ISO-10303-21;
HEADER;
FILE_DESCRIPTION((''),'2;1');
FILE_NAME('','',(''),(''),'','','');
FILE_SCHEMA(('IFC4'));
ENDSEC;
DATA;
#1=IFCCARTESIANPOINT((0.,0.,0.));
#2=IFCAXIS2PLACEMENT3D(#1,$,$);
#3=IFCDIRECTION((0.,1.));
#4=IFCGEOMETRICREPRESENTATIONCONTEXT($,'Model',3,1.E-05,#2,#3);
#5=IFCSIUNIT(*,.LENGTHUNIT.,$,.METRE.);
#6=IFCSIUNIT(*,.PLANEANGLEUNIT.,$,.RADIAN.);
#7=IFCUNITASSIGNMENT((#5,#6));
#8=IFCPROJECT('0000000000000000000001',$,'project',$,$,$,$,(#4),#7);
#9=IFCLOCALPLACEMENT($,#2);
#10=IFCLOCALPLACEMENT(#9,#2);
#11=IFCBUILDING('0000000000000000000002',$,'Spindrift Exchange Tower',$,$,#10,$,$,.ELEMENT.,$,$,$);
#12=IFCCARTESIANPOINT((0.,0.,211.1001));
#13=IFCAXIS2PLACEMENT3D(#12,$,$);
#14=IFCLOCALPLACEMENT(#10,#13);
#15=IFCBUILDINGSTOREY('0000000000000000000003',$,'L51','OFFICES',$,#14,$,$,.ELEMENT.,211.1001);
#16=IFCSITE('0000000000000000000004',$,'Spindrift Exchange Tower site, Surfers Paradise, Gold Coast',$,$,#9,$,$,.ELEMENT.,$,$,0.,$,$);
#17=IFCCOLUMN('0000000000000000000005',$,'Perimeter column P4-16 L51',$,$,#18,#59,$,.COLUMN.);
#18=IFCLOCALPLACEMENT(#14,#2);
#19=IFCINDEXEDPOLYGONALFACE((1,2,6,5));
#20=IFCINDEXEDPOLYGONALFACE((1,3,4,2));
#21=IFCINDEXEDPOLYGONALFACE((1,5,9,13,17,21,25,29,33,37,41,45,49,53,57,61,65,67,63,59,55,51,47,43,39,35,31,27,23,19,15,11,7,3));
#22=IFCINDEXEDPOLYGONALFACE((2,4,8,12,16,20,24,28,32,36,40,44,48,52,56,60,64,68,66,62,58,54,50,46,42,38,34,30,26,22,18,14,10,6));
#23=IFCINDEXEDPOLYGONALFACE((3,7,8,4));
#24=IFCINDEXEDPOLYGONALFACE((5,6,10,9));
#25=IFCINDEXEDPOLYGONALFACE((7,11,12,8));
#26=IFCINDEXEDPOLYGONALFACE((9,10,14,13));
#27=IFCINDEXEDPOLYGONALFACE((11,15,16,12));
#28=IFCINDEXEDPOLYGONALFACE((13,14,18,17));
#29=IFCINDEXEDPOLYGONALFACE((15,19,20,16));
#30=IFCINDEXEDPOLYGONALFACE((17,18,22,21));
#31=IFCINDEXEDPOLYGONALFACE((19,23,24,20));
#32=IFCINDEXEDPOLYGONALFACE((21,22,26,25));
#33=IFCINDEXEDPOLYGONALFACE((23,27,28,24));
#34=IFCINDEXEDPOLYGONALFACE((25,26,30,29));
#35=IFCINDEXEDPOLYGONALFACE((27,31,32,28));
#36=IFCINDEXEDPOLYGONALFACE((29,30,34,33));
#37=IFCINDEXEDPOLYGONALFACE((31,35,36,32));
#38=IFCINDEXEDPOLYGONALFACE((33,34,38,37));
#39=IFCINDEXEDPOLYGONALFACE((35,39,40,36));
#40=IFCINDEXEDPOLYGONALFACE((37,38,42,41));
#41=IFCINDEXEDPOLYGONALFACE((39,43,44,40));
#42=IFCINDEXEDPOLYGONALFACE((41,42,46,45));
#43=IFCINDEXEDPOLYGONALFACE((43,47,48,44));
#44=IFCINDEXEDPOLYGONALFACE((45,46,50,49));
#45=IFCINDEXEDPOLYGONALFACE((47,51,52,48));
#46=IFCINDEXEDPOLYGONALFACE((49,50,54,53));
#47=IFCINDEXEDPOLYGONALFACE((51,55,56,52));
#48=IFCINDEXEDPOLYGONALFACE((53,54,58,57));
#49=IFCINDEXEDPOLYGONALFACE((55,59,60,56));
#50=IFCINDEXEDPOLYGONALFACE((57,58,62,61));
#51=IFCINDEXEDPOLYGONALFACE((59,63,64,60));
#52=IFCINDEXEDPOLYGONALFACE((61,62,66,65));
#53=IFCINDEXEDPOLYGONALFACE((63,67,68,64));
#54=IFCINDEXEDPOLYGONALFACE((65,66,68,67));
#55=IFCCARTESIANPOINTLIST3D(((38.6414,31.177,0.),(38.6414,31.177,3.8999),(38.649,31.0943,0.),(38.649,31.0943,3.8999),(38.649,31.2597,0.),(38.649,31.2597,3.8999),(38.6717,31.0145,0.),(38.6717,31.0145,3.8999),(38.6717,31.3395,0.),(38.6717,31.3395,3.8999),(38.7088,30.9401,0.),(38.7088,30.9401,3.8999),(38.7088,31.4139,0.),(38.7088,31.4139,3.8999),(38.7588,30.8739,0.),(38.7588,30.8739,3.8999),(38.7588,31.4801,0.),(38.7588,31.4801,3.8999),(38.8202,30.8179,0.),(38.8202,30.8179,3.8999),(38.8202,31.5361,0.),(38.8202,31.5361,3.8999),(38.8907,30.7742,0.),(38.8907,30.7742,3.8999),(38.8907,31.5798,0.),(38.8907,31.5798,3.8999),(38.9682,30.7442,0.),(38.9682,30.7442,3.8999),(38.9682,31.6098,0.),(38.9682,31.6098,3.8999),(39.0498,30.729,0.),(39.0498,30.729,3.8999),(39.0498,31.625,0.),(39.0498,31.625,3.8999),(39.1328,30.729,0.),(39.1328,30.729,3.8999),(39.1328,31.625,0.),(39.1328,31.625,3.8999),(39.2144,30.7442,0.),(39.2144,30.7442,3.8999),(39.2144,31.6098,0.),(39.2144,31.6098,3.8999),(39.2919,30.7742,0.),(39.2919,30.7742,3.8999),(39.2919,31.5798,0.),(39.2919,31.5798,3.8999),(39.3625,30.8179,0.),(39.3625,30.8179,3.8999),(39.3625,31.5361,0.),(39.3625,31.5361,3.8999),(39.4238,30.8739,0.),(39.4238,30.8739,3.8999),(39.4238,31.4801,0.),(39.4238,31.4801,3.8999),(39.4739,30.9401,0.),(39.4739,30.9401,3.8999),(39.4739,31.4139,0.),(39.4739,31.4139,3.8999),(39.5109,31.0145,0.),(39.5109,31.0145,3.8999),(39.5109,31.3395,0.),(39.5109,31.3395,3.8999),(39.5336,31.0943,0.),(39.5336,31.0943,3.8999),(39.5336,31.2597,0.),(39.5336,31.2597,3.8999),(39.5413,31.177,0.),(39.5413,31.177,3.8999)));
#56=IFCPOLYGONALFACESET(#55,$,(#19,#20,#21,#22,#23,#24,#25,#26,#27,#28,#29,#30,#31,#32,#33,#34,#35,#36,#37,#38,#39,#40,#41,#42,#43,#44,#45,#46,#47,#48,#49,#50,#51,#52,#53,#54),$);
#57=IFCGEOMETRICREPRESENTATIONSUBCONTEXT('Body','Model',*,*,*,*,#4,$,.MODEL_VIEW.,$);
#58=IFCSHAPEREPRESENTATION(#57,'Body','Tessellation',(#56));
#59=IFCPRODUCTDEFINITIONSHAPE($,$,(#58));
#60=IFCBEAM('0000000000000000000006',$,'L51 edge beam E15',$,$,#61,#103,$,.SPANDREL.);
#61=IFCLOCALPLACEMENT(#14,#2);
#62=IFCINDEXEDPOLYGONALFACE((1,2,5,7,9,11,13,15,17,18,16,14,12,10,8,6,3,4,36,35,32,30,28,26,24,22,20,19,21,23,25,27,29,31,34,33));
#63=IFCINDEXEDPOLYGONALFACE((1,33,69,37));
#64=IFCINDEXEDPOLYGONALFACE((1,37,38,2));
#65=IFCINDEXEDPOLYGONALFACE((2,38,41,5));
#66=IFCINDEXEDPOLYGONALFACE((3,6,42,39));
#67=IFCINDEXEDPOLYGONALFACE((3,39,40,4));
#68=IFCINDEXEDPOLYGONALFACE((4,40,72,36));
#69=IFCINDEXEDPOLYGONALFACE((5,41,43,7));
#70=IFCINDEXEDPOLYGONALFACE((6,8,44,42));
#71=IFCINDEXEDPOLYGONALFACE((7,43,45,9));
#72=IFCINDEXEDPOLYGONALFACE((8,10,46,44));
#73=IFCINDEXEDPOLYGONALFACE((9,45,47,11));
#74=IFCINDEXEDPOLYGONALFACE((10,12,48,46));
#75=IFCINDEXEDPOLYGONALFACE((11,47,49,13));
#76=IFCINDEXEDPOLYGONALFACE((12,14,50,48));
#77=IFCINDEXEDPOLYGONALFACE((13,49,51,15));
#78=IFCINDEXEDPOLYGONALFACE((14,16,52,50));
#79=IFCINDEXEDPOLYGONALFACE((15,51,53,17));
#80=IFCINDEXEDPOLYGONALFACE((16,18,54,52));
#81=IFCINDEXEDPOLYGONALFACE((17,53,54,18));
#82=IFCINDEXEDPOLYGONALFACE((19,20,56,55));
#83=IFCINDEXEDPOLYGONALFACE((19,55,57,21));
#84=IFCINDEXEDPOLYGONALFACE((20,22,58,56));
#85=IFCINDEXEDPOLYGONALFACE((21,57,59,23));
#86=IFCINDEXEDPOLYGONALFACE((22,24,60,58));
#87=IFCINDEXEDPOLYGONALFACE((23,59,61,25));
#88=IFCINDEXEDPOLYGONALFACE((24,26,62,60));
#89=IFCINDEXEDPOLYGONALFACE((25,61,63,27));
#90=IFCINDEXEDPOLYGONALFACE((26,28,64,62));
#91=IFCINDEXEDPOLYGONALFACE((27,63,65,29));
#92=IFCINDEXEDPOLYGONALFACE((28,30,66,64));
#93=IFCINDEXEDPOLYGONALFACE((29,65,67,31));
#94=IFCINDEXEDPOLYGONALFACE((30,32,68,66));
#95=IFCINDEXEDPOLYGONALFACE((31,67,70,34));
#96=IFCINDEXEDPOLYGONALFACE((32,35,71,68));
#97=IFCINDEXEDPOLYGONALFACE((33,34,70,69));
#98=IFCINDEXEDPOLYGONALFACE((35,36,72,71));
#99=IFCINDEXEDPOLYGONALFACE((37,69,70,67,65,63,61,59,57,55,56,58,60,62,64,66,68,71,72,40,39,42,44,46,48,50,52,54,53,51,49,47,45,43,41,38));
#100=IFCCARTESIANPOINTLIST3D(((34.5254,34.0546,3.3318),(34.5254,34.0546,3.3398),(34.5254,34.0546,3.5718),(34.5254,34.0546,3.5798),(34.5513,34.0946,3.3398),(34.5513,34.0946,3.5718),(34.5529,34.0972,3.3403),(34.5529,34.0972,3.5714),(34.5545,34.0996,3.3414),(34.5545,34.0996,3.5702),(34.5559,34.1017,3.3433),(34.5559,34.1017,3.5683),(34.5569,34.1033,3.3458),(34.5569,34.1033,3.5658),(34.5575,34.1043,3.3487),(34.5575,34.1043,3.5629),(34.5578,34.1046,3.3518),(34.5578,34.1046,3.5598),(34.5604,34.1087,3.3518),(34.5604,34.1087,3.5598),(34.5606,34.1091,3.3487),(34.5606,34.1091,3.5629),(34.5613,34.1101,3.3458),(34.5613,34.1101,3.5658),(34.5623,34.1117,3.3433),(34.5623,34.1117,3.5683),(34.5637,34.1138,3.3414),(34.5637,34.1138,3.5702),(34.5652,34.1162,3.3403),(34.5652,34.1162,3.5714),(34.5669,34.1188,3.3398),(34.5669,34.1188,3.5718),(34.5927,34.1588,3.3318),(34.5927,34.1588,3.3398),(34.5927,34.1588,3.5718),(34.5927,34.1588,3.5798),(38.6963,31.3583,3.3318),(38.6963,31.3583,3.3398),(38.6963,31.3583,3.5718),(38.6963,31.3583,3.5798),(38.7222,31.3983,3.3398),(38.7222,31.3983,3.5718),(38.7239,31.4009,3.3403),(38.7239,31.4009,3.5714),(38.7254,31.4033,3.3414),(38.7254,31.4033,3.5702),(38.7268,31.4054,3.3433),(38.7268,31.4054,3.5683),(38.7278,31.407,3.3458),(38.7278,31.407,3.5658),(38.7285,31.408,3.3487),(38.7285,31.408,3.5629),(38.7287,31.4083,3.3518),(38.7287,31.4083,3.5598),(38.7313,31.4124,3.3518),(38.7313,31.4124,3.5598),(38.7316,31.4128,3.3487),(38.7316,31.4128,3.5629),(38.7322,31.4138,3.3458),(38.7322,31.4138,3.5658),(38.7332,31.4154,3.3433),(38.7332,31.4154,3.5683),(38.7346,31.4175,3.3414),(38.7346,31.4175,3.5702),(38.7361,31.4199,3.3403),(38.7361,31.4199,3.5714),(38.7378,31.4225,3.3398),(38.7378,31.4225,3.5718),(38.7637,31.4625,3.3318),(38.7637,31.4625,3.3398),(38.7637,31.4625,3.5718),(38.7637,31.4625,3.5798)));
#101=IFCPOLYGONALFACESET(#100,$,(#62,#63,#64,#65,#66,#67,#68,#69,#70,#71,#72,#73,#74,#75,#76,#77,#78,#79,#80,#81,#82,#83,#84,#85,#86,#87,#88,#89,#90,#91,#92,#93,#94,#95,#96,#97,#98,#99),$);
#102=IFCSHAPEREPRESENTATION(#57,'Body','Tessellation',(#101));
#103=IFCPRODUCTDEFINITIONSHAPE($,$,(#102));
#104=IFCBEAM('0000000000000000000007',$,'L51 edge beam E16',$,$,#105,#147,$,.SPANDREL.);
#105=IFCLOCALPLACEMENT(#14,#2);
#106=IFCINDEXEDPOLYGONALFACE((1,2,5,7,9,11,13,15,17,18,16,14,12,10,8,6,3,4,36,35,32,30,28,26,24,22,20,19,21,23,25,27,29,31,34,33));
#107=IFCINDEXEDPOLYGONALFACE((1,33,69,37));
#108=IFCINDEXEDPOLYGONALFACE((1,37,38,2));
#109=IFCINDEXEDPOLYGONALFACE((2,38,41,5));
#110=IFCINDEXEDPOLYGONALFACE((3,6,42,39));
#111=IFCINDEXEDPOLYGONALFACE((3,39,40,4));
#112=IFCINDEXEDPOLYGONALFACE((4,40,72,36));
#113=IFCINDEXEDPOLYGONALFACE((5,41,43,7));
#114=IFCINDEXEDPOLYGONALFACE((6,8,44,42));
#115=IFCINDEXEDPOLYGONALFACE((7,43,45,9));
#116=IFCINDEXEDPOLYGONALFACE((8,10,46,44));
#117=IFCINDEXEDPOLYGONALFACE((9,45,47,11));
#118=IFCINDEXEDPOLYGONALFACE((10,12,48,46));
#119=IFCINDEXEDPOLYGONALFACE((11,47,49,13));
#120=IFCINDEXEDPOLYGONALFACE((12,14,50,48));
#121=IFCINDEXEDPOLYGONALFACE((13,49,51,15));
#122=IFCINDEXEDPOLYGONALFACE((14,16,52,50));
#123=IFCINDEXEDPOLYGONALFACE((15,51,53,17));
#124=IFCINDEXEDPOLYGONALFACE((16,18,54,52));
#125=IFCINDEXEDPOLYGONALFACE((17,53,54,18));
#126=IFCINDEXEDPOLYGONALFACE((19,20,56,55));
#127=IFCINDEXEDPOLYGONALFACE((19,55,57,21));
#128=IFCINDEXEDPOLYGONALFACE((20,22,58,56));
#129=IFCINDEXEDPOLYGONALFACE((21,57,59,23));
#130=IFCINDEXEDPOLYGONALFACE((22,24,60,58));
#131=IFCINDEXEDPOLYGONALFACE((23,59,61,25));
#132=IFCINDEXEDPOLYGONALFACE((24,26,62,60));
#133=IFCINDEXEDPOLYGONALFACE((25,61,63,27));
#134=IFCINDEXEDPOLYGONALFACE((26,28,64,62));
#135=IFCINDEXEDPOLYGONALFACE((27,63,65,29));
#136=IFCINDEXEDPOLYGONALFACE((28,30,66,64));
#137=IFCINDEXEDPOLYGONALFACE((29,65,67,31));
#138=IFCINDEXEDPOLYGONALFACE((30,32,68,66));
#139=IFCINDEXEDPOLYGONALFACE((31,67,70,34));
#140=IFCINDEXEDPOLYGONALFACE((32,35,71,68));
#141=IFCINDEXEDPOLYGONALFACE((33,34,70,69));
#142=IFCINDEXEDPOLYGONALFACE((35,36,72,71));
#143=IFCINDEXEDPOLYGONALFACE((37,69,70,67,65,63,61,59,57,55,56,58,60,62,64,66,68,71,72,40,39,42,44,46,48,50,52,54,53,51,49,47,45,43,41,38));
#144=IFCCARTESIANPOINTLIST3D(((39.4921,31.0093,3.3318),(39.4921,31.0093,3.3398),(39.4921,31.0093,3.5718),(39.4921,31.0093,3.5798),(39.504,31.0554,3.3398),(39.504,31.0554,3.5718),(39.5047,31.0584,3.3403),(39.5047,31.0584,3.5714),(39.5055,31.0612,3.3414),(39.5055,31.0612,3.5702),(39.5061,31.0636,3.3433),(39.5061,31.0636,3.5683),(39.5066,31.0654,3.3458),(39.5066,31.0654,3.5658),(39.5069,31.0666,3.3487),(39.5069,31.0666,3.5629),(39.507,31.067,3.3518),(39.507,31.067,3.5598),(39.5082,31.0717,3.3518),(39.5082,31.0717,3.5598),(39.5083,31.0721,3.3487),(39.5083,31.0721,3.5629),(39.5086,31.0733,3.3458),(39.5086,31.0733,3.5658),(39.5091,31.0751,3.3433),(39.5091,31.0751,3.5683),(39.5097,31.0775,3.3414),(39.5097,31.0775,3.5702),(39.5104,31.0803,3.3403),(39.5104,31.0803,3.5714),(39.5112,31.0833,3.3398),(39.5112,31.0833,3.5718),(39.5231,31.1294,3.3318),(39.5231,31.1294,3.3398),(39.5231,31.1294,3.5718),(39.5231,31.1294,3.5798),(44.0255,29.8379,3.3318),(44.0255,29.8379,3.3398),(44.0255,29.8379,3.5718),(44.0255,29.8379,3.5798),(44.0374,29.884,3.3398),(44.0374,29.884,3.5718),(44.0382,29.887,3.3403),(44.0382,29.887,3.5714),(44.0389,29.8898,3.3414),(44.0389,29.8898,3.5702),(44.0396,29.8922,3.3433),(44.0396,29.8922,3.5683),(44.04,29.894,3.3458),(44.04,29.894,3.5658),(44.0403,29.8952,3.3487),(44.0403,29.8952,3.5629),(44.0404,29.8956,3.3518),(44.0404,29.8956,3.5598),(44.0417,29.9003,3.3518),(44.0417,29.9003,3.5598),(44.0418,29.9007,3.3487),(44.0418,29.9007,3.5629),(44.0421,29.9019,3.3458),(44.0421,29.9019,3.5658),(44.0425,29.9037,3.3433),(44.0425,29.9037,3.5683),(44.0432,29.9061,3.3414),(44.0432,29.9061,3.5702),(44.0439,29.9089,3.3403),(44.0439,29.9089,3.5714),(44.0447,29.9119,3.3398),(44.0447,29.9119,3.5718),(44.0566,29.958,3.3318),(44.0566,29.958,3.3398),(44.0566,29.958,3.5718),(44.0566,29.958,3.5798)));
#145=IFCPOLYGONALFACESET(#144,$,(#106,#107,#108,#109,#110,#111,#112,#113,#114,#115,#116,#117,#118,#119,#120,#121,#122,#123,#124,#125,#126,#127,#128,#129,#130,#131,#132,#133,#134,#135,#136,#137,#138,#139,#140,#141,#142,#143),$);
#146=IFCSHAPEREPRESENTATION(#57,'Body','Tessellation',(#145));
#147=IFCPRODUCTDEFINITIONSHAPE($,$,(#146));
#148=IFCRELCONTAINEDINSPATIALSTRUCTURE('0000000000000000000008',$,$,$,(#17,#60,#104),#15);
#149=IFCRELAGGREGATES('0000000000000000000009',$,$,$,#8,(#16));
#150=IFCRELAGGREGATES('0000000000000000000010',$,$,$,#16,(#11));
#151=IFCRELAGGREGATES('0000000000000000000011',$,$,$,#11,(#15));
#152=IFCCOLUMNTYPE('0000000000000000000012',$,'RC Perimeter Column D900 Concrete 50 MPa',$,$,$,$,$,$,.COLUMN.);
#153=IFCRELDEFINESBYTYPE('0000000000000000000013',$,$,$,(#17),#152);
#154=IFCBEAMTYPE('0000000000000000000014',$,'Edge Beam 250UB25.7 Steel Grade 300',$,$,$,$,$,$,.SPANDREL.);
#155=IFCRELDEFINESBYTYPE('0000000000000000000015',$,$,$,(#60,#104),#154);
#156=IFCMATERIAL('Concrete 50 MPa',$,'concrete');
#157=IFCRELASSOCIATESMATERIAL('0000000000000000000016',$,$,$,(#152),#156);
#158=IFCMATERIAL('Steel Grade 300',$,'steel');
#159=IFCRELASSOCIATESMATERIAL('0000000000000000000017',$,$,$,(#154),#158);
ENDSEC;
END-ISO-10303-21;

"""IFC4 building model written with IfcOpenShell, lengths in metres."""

from ifc_helpers import new_model, si_unit, direction, frame, origin, origin_2d, place, context, subcontext, project, spatial, circle, i_section, extrude, source, transform, mapped, material, material_profile, profile_set, type_object, element, save


model = new_model("IFC4")

# Units and contexts
model_context = context("Model", 3, precision=1e-05, world=origin(), true_north=direction((0.0, 1.0)))
body_context = subcontext(model_context, "Body", "Model", "MODEL_VIEW")
ifc_project = project(units=[si_unit("LENGTHUNIT", "METRE"), si_unit("PLANEANGLEUNIT", "RADIAN")], contexts=[model_context])

# Site, building, storey
site_placement = place(None, origin())
site = spatial("IfcSite", under=ifc_project, at=site_placement, Name="Spindrift Exchange Tower site, Surfers Paradise, Gold Coast", CompositionType="ELEMENT", RefElevation=0.0)
building_placement = place(site_placement, origin())
building = spatial("IfcBuilding", under=site, at=building_placement, Name="Spindrift Exchange Tower", CompositionType="ELEMENT")
storey_placement = place(building_placement, frame((0.0, 0.0, 211.1001)))
storey = spatial("IfcBuildingStorey", under=building, at=storey_placement, Name="L51", Description="OFFICES", CompositionType="ELEMENT", Elevation=211.1001)

# Column
ifc_material_1 = material(Name="Concrete 50 MPa", Category="concrete")
ifc_material_profile_1 = material_profile(ifc_material_1, circle(Radius=0.45, at=origin_2d()), Name="RC D900")
ifc_profile_set_1 = profile_set([ifc_material_profile_1], Name="Concrete 50 MPa")
column_type = type_object("IfcColumnType", Name="RC Perimeter Column D900 Concrete 50 MPa", PredefinedType="COLUMN", material=ifc_profile_set_1)
shared_shape_1 = source(origin(), body_context, "Body", "SweptSolid", [
    extrude(circle(Radius=0.45, at=origin_2d()), origin(), (0.0, 0.0, 1.0), 3.8999),
])
column_placement = place(storey_placement, frame((39.0913, 31.177, 0.0), z_axis=(0.0, 0.0, 1.0), x_axis=(1.0, 0.0, 0.0)))
element("IfcColumn", 1, at=column_placement, inside=storey, type_object=column_type, Name="Perimeter column P4-16 L51", PredefinedType="COLUMN", context=body_context, shape_type="MappedRepresentation", body=[
    mapped(shared_shape_1, transform((0.0, 0.0, 0.0), scale=1.0)),
])

# Beams
ifc_material_2 = material(Name="Steel Grade 300", Category="steel")
ifc_material_profile_2 = material_profile(ifc_material_2, i_section(OverallWidth=0.124, OverallDepth=0.248, WebThickness=0.0049, FlangeThickness=0.0081, FilletRadius=0.012, at=origin_2d()), Name="250UB25.7")
ifc_profile_set_2 = profile_set([ifc_material_profile_2], Name="Steel Grade 300")
beam_type_1 = type_object("IfcBeamType", Name="Edge Beam 250UB25.7 Steel Grade 300", PredefinedType="SPANDREL", material=ifc_profile_set_2)
shared_shape_2 = source(origin(), body_context, "Body", "SweptSolid", [
    extrude(i_section(OverallWidth=0.124, OverallDepth=0.248, WebThickness=0.0049, FlangeThickness=0.0081, FilletRadius=0.012, at=origin_2d()), origin(), (0.0, 0.0, 1.0), 4.9666),
])
beam_1_placement = place(storey_placement, frame((34.5591, 34.1067, 3.4558), z_axis=(0.839802, -0.542893, 0.0), x_axis=(0.542893, 0.839802, 0.0)))
element("IfcBeam", 2, at=beam_1_placement, inside=storey, type_object=beam_type_1, Name="L51 edge beam E15", PredefinedType="SPANDREL", context=body_context, shape_type="MappedRepresentation", body=[
    mapped(shared_shape_2, transform((0.0, 0.0, 0.0), scale=1.0)),
])
shared_shape_3 = source(origin(), body_context, "Body", "SweptSolid", [
    extrude(i_section(OverallWidth=0.124, OverallDepth=0.248, WebThickness=0.0049, FlangeThickness=0.0081, FilletRadius=0.012, at=origin_2d()), origin(), (0.0, 0.0, 1.0), 4.6824),
])
beam_2_placement = place(storey_placement, frame((39.5076, 31.0693, 3.4558), z_axis=(0.968202, -0.250171, 0.0), x_axis=(0.250171, 0.968202, 0.0)))
element("IfcBeam", 3, at=beam_2_placement, inside=storey, type_object=beam_type_1, Name="L51 edge beam E16", PredefinedType="SPANDREL", context=body_context, shape_type="MappedRepresentation", body=[
    mapped(shared_shape_3, transform((0.0, 0.0, 0.0), scale=1.0)),
])

save(model, "model.ifc")
